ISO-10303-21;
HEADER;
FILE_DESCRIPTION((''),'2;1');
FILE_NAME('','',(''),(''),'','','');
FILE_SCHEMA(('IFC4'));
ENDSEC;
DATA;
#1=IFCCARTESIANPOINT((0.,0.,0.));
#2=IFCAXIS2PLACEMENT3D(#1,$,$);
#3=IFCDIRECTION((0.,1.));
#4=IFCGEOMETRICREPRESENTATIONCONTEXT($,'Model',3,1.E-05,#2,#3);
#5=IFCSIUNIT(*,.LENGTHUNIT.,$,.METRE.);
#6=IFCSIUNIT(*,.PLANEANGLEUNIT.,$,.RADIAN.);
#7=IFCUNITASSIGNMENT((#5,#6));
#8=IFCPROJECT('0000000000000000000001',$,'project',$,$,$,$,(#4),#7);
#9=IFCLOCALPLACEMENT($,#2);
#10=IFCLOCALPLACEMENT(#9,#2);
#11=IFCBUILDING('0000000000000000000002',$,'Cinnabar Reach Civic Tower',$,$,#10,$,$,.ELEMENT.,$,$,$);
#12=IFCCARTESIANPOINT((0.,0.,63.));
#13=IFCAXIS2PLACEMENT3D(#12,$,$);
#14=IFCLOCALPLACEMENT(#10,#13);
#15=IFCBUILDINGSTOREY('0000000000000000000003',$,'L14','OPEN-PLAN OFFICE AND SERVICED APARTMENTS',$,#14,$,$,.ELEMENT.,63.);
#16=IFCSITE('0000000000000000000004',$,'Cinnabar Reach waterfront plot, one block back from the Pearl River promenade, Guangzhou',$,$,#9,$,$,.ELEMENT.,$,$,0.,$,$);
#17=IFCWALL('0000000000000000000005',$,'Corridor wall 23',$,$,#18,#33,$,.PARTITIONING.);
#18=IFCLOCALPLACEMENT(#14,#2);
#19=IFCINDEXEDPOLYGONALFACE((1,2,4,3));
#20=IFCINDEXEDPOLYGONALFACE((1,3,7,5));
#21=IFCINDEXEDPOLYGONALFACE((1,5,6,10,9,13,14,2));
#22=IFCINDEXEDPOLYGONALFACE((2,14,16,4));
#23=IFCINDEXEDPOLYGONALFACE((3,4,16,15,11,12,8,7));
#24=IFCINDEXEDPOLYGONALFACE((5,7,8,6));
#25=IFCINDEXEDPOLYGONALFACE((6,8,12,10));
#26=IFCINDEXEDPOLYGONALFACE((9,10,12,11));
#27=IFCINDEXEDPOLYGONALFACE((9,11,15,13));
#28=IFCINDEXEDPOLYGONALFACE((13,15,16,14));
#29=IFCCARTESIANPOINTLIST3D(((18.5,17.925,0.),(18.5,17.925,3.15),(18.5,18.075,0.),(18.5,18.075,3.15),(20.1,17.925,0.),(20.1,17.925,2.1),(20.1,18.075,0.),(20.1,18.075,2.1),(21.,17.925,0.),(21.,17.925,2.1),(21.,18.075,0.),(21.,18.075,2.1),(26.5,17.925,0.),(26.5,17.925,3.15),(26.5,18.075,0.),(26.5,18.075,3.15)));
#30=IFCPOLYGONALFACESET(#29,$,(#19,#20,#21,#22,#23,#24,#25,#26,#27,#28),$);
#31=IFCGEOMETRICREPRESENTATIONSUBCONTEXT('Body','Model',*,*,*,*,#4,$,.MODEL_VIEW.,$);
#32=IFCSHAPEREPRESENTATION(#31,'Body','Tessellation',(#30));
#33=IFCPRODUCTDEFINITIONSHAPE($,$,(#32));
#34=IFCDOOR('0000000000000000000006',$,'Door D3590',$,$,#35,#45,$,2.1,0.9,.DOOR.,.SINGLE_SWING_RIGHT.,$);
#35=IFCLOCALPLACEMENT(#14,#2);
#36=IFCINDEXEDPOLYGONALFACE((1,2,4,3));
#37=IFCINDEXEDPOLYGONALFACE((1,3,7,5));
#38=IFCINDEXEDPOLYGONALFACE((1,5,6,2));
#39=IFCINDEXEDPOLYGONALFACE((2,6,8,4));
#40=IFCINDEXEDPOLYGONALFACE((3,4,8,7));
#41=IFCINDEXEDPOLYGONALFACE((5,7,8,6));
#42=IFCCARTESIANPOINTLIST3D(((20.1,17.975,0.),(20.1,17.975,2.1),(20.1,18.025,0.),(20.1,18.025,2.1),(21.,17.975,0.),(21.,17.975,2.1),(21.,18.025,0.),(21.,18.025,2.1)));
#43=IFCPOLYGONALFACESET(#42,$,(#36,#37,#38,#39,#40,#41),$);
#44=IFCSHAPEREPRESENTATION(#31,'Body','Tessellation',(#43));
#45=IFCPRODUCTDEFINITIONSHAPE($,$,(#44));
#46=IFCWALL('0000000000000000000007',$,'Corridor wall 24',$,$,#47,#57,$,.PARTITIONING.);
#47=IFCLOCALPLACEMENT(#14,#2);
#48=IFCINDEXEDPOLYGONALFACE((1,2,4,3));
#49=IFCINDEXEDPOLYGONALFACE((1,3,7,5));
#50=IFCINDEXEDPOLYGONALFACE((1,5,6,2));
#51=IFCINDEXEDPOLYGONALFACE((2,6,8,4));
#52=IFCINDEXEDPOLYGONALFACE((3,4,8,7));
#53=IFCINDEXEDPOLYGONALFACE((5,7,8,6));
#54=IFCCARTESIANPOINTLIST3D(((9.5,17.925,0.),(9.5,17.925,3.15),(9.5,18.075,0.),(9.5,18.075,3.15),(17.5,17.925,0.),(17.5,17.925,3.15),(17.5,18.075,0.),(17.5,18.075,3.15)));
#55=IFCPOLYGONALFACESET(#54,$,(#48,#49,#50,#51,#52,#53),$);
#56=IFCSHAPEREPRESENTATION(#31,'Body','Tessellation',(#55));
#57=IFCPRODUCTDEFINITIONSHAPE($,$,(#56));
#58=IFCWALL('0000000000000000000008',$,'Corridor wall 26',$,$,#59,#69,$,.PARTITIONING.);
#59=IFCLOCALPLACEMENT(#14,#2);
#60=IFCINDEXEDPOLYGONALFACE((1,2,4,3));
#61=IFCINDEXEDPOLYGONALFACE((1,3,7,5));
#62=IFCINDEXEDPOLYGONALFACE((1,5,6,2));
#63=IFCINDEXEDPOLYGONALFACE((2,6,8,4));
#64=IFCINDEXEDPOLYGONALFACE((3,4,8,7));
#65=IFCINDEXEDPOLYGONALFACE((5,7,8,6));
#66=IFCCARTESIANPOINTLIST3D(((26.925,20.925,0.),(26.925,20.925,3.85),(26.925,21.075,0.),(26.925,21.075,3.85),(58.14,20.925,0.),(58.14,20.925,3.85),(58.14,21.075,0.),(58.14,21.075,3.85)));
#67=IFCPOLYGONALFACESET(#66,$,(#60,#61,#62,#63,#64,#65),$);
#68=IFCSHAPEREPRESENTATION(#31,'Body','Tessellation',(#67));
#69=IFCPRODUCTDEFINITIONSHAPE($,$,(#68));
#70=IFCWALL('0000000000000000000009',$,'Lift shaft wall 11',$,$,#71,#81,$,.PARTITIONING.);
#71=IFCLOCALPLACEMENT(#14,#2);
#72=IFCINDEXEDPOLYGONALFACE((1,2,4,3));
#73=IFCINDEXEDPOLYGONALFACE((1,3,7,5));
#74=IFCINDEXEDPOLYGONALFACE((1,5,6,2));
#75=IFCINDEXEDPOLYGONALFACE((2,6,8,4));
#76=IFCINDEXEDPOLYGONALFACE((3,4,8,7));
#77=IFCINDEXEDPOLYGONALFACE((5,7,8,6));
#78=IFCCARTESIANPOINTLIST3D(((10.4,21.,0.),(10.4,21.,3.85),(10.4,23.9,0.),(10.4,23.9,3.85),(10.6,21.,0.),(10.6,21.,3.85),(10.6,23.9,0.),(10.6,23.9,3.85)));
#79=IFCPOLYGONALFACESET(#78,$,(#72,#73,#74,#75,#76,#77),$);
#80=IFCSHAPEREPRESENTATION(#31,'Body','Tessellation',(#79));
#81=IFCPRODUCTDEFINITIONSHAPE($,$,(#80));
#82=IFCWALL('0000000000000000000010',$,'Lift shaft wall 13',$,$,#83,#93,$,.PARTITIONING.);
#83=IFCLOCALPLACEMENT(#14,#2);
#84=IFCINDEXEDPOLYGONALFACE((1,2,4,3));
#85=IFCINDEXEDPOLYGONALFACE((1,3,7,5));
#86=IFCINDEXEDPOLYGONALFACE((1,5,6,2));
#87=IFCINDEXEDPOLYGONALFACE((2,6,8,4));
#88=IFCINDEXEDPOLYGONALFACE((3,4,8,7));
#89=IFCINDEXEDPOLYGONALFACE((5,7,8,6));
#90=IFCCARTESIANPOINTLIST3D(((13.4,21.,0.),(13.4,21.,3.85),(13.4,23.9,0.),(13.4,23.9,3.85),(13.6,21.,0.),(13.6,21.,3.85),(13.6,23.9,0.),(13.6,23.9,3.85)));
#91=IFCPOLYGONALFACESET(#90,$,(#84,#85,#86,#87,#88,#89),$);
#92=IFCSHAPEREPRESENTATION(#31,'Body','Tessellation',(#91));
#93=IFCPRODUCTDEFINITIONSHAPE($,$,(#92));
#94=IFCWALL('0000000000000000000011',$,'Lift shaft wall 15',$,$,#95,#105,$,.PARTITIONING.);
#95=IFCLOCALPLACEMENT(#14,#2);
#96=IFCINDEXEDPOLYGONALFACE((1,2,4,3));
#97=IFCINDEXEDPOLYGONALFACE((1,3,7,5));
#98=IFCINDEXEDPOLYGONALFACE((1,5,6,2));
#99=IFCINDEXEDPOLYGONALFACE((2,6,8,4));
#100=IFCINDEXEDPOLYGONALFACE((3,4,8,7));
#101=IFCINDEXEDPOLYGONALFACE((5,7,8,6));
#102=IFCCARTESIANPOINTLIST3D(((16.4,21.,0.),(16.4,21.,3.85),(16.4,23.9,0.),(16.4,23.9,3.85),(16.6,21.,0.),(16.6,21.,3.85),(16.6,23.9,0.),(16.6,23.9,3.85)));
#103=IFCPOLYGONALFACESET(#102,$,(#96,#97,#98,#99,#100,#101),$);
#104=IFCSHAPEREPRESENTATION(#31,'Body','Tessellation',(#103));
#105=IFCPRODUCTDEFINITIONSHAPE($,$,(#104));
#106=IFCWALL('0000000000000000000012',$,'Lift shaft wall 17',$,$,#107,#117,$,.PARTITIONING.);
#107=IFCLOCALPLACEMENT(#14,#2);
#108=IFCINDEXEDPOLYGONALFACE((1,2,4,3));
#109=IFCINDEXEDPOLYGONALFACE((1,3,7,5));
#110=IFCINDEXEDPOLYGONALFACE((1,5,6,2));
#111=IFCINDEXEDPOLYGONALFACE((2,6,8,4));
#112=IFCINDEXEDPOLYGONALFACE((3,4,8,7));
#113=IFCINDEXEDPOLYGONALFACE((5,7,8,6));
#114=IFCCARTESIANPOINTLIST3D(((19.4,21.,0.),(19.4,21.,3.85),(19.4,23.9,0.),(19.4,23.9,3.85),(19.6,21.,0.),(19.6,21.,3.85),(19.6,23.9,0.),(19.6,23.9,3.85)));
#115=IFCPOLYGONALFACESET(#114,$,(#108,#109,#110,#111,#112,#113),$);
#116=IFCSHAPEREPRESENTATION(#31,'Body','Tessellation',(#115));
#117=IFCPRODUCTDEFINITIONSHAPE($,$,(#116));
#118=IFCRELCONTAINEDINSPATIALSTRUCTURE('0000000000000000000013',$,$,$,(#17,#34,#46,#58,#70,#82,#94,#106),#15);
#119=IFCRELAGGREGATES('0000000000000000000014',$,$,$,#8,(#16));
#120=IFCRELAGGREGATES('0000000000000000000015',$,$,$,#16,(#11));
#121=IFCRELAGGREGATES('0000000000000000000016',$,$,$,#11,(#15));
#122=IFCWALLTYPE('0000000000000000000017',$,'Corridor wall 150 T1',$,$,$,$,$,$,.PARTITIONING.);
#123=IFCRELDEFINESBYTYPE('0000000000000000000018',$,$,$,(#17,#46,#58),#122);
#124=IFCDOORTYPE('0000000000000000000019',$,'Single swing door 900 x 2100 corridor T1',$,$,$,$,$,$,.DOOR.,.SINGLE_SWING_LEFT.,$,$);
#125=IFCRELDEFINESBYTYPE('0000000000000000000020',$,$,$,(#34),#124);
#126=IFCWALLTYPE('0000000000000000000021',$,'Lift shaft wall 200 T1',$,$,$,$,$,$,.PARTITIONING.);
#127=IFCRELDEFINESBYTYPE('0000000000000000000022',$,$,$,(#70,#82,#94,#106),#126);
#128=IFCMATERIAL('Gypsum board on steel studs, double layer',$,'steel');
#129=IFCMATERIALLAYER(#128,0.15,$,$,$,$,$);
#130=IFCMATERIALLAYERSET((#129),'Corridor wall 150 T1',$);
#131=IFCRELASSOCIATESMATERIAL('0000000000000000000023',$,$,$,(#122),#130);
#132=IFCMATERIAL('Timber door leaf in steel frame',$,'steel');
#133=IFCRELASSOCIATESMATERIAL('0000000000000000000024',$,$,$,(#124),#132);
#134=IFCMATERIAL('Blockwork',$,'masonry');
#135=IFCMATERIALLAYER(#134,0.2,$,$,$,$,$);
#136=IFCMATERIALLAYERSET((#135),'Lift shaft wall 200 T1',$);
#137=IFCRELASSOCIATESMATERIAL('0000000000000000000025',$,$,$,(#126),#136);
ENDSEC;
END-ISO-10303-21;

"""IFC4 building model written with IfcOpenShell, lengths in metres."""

from ifc_helpers import new_model, si_unit, direction, frame, frame_2d, origin, place, context, subcontext, project, spatial, rectangle, extrude, material, layer, layer_set, type_object, element, fill, save


model = new_model("IFC4")

# Units and contexts
model_context = context("Model", 3, precision=1e-05, world=origin(), true_north=direction((0.0, 1.0)))
body_context = subcontext(model_context, "Body", "Model", "MODEL_VIEW")
ifc_project = project(units=[si_unit("LENGTHUNIT", "METRE"), si_unit("PLANEANGLEUNIT", "RADIAN")], contexts=[model_context])

# Site, building, storey
site_placement = place(None, origin())
site = spatial("IfcSite", under=ifc_project, at=site_placement, Name="Cinnabar Reach waterfront plot, one block back from the Pearl River promenade, Guangzhou", CompositionType="ELEMENT", RefElevation=0.0)
building_placement = place(site_placement, origin())
building = spatial("IfcBuilding", under=site, at=building_placement, Name="Cinnabar Reach Civic Tower", CompositionType="ELEMENT")
storey_placement = place(building_placement, frame((0.0, 0.0, 63.0)))
storey = spatial("IfcBuildingStorey", under=building, at=storey_placement, Name="L14", Description="OPEN-PLAN OFFICE AND SERVICED APARTMENTS", CompositionType="ELEMENT", Elevation=63.0)

# Wall, opening, door
ifc_material_1 = material(Name="Timber door leaf in steel frame", Category="steel")
ifc_material_2 = material(Name="Gypsum board on steel studs, double layer", Category="steel")
ifc_layer_1 = layer(ifc_material_2, 0.15)
ifc_layer_set_1 = layer_set([ifc_layer_1], Name="Corridor wall 150 T1")
wall_type_1 = type_object("IfcWallType", Name="Corridor wall 150 T1", PredefinedType="PARTITIONING", material=ifc_layer_set_1)
wall_1_placement = place(storey_placement, frame((18.5, 18.0, 0.0), z_axis=(0.0, 0.0, 1.0), x_axis=(1.0, 0.0, 0.0)))
wall_1 = element("IfcWall", 1, at=wall_1_placement, inside=storey, type_object=wall_type_1, Name="Corridor wall 23", PredefinedType="PARTITIONING", context=body_context, shape_type="SweptSolid", body=[
    extrude(rectangle(XDim=8.0, YDim=0.15, at=frame_2d((4.0, 0.0))), origin(), (0.0, 0.0, 1.0), 3.15),
])
opening_1_placement = place(wall_1_placement, frame((1.6, 0.0, 0.0)))
opening_1 = element("IfcOpeningElement", 2, at=opening_1_placement, cuts=wall_1, PredefinedType="OPENING", context=body_context, shape_type="SweptSolid", body=[
    extrude(rectangle(XDim=0.9, YDim=2.1, at=frame_2d((0.45, 1.05))), frame((0.0, 0.085, 0.0), z_axis=(0.0, -1.0, 0.0), x_axis=(1.0, 0.0, 0.0)), (0.0, 0.0, 1.0), 0.17),
])
door_type_1 = type_object("IfcDoorType", Name="Single swing door 900 x 2100 corridor T1", OperationType="SINGLE_SWING_LEFT", PredefinedType="DOOR", material=ifc_material_1)
door_1_placement = place(opening_1_placement, frame((0.9, 0.0, 0.0), z_axis=(0.0, 0.0, 1.0), x_axis=(-1.0, 0.0, 0.0)))
door_1 = element("IfcDoor", 3, at=door_1_placement, inside=storey, type_object=door_type_1, Name="Door D3590", OperationType="SINGLE_SWING_RIGHT", OverallHeight=2.1, OverallWidth=0.9, PredefinedType="DOOR", context=body_context, shape_type="SweptSolid", body=[
    extrude(rectangle(XDim=0.9, YDim=2.1, at=frame_2d((0.45, 1.05))), frame((0.0, 0.025, 0.0), z_axis=(0.0, -1.0, 0.0), x_axis=(1.0, 0.0, 0.0)), (0.0, 0.0, 1.0), 0.05),
])
fill(opening_1, door_1)

# Walls
wall_2_placement = place(storey_placement, frame((9.5, 18.0, 0.0), z_axis=(0.0, 0.0, 1.0), x_axis=(1.0, 0.0, 0.0)))
element("IfcWall", 4, at=wall_2_placement, inside=storey, type_object=wall_type_1, Name="Corridor wall 24", PredefinedType="PARTITIONING", context=body_context, shape_type="SweptSolid", body=[
    extrude(rectangle(XDim=8.0, YDim=0.15, at=frame_2d((4.0, 0.0))), origin(), (0.0, 0.0, 1.0), 3.15),
])
wall_3_placement = place(storey_placement, frame((26.925, 21.0, 0.0), z_axis=(0.0, 0.0, 1.0), x_axis=(1.0, 0.0, 0.0)))
element("IfcWall", 5, at=wall_3_placement, inside=storey, type_object=wall_type_1, Name="Corridor wall 26", PredefinedType="PARTITIONING", context=body_context, shape_type="SweptSolid", body=[
    extrude(rectangle(XDim=31.215, YDim=0.15, at=frame_2d((15.6075, 0.0))), origin(), (0.0, 0.0, 1.0), 3.85),
])
ifc_material_3 = material(Name="Blockwork", Category="masonry")
ifc_layer_2 = layer(ifc_material_3, 0.2)
ifc_layer_set_2 = layer_set([ifc_layer_2], Name="Lift shaft wall 200 T1")
wall_type_2 = type_object("IfcWallType", Name="Lift shaft wall 200 T1", PredefinedType="PARTITIONING", material=ifc_layer_set_2)
for number, where, z_axis, x_axis, name in (
    (6, (10.5, 21.0, 0.0), (0.0, 0.0, 1.0), (0.0, 1.0, 0.0), "Lift shaft wall 11"),
    (7, (13.5, 21.0, 0.0), (0.0, 0.0, 1.0), (0.0, 1.0, 0.0), "Lift shaft wall 13"),
    (8, (16.5, 21.0, 0.0), (0.0, 0.0, 1.0), (0.0, 1.0, 0.0), "Lift shaft wall 15"),
    (9, (19.5, 21.0, 0.0), (0.0, 0.0, 1.0), (0.0, 1.0, 0.0), "Lift shaft wall 17"),
):
    element("IfcWall", number, at=place(storey_placement, frame(where, z_axis=z_axis, x_axis=x_axis)), inside=storey, type_object=wall_type_2, Name=name, PredefinedType="PARTITIONING", context=body_context, shape_type="SweptSolid", body=[
        extrude(rectangle(XDim=2.9, YDim=0.2, at=frame_2d((1.45, 0.0))), origin(), (0.0, 0.0, 1.0), 3.85),
    ])

save(model, "model.ifc")
